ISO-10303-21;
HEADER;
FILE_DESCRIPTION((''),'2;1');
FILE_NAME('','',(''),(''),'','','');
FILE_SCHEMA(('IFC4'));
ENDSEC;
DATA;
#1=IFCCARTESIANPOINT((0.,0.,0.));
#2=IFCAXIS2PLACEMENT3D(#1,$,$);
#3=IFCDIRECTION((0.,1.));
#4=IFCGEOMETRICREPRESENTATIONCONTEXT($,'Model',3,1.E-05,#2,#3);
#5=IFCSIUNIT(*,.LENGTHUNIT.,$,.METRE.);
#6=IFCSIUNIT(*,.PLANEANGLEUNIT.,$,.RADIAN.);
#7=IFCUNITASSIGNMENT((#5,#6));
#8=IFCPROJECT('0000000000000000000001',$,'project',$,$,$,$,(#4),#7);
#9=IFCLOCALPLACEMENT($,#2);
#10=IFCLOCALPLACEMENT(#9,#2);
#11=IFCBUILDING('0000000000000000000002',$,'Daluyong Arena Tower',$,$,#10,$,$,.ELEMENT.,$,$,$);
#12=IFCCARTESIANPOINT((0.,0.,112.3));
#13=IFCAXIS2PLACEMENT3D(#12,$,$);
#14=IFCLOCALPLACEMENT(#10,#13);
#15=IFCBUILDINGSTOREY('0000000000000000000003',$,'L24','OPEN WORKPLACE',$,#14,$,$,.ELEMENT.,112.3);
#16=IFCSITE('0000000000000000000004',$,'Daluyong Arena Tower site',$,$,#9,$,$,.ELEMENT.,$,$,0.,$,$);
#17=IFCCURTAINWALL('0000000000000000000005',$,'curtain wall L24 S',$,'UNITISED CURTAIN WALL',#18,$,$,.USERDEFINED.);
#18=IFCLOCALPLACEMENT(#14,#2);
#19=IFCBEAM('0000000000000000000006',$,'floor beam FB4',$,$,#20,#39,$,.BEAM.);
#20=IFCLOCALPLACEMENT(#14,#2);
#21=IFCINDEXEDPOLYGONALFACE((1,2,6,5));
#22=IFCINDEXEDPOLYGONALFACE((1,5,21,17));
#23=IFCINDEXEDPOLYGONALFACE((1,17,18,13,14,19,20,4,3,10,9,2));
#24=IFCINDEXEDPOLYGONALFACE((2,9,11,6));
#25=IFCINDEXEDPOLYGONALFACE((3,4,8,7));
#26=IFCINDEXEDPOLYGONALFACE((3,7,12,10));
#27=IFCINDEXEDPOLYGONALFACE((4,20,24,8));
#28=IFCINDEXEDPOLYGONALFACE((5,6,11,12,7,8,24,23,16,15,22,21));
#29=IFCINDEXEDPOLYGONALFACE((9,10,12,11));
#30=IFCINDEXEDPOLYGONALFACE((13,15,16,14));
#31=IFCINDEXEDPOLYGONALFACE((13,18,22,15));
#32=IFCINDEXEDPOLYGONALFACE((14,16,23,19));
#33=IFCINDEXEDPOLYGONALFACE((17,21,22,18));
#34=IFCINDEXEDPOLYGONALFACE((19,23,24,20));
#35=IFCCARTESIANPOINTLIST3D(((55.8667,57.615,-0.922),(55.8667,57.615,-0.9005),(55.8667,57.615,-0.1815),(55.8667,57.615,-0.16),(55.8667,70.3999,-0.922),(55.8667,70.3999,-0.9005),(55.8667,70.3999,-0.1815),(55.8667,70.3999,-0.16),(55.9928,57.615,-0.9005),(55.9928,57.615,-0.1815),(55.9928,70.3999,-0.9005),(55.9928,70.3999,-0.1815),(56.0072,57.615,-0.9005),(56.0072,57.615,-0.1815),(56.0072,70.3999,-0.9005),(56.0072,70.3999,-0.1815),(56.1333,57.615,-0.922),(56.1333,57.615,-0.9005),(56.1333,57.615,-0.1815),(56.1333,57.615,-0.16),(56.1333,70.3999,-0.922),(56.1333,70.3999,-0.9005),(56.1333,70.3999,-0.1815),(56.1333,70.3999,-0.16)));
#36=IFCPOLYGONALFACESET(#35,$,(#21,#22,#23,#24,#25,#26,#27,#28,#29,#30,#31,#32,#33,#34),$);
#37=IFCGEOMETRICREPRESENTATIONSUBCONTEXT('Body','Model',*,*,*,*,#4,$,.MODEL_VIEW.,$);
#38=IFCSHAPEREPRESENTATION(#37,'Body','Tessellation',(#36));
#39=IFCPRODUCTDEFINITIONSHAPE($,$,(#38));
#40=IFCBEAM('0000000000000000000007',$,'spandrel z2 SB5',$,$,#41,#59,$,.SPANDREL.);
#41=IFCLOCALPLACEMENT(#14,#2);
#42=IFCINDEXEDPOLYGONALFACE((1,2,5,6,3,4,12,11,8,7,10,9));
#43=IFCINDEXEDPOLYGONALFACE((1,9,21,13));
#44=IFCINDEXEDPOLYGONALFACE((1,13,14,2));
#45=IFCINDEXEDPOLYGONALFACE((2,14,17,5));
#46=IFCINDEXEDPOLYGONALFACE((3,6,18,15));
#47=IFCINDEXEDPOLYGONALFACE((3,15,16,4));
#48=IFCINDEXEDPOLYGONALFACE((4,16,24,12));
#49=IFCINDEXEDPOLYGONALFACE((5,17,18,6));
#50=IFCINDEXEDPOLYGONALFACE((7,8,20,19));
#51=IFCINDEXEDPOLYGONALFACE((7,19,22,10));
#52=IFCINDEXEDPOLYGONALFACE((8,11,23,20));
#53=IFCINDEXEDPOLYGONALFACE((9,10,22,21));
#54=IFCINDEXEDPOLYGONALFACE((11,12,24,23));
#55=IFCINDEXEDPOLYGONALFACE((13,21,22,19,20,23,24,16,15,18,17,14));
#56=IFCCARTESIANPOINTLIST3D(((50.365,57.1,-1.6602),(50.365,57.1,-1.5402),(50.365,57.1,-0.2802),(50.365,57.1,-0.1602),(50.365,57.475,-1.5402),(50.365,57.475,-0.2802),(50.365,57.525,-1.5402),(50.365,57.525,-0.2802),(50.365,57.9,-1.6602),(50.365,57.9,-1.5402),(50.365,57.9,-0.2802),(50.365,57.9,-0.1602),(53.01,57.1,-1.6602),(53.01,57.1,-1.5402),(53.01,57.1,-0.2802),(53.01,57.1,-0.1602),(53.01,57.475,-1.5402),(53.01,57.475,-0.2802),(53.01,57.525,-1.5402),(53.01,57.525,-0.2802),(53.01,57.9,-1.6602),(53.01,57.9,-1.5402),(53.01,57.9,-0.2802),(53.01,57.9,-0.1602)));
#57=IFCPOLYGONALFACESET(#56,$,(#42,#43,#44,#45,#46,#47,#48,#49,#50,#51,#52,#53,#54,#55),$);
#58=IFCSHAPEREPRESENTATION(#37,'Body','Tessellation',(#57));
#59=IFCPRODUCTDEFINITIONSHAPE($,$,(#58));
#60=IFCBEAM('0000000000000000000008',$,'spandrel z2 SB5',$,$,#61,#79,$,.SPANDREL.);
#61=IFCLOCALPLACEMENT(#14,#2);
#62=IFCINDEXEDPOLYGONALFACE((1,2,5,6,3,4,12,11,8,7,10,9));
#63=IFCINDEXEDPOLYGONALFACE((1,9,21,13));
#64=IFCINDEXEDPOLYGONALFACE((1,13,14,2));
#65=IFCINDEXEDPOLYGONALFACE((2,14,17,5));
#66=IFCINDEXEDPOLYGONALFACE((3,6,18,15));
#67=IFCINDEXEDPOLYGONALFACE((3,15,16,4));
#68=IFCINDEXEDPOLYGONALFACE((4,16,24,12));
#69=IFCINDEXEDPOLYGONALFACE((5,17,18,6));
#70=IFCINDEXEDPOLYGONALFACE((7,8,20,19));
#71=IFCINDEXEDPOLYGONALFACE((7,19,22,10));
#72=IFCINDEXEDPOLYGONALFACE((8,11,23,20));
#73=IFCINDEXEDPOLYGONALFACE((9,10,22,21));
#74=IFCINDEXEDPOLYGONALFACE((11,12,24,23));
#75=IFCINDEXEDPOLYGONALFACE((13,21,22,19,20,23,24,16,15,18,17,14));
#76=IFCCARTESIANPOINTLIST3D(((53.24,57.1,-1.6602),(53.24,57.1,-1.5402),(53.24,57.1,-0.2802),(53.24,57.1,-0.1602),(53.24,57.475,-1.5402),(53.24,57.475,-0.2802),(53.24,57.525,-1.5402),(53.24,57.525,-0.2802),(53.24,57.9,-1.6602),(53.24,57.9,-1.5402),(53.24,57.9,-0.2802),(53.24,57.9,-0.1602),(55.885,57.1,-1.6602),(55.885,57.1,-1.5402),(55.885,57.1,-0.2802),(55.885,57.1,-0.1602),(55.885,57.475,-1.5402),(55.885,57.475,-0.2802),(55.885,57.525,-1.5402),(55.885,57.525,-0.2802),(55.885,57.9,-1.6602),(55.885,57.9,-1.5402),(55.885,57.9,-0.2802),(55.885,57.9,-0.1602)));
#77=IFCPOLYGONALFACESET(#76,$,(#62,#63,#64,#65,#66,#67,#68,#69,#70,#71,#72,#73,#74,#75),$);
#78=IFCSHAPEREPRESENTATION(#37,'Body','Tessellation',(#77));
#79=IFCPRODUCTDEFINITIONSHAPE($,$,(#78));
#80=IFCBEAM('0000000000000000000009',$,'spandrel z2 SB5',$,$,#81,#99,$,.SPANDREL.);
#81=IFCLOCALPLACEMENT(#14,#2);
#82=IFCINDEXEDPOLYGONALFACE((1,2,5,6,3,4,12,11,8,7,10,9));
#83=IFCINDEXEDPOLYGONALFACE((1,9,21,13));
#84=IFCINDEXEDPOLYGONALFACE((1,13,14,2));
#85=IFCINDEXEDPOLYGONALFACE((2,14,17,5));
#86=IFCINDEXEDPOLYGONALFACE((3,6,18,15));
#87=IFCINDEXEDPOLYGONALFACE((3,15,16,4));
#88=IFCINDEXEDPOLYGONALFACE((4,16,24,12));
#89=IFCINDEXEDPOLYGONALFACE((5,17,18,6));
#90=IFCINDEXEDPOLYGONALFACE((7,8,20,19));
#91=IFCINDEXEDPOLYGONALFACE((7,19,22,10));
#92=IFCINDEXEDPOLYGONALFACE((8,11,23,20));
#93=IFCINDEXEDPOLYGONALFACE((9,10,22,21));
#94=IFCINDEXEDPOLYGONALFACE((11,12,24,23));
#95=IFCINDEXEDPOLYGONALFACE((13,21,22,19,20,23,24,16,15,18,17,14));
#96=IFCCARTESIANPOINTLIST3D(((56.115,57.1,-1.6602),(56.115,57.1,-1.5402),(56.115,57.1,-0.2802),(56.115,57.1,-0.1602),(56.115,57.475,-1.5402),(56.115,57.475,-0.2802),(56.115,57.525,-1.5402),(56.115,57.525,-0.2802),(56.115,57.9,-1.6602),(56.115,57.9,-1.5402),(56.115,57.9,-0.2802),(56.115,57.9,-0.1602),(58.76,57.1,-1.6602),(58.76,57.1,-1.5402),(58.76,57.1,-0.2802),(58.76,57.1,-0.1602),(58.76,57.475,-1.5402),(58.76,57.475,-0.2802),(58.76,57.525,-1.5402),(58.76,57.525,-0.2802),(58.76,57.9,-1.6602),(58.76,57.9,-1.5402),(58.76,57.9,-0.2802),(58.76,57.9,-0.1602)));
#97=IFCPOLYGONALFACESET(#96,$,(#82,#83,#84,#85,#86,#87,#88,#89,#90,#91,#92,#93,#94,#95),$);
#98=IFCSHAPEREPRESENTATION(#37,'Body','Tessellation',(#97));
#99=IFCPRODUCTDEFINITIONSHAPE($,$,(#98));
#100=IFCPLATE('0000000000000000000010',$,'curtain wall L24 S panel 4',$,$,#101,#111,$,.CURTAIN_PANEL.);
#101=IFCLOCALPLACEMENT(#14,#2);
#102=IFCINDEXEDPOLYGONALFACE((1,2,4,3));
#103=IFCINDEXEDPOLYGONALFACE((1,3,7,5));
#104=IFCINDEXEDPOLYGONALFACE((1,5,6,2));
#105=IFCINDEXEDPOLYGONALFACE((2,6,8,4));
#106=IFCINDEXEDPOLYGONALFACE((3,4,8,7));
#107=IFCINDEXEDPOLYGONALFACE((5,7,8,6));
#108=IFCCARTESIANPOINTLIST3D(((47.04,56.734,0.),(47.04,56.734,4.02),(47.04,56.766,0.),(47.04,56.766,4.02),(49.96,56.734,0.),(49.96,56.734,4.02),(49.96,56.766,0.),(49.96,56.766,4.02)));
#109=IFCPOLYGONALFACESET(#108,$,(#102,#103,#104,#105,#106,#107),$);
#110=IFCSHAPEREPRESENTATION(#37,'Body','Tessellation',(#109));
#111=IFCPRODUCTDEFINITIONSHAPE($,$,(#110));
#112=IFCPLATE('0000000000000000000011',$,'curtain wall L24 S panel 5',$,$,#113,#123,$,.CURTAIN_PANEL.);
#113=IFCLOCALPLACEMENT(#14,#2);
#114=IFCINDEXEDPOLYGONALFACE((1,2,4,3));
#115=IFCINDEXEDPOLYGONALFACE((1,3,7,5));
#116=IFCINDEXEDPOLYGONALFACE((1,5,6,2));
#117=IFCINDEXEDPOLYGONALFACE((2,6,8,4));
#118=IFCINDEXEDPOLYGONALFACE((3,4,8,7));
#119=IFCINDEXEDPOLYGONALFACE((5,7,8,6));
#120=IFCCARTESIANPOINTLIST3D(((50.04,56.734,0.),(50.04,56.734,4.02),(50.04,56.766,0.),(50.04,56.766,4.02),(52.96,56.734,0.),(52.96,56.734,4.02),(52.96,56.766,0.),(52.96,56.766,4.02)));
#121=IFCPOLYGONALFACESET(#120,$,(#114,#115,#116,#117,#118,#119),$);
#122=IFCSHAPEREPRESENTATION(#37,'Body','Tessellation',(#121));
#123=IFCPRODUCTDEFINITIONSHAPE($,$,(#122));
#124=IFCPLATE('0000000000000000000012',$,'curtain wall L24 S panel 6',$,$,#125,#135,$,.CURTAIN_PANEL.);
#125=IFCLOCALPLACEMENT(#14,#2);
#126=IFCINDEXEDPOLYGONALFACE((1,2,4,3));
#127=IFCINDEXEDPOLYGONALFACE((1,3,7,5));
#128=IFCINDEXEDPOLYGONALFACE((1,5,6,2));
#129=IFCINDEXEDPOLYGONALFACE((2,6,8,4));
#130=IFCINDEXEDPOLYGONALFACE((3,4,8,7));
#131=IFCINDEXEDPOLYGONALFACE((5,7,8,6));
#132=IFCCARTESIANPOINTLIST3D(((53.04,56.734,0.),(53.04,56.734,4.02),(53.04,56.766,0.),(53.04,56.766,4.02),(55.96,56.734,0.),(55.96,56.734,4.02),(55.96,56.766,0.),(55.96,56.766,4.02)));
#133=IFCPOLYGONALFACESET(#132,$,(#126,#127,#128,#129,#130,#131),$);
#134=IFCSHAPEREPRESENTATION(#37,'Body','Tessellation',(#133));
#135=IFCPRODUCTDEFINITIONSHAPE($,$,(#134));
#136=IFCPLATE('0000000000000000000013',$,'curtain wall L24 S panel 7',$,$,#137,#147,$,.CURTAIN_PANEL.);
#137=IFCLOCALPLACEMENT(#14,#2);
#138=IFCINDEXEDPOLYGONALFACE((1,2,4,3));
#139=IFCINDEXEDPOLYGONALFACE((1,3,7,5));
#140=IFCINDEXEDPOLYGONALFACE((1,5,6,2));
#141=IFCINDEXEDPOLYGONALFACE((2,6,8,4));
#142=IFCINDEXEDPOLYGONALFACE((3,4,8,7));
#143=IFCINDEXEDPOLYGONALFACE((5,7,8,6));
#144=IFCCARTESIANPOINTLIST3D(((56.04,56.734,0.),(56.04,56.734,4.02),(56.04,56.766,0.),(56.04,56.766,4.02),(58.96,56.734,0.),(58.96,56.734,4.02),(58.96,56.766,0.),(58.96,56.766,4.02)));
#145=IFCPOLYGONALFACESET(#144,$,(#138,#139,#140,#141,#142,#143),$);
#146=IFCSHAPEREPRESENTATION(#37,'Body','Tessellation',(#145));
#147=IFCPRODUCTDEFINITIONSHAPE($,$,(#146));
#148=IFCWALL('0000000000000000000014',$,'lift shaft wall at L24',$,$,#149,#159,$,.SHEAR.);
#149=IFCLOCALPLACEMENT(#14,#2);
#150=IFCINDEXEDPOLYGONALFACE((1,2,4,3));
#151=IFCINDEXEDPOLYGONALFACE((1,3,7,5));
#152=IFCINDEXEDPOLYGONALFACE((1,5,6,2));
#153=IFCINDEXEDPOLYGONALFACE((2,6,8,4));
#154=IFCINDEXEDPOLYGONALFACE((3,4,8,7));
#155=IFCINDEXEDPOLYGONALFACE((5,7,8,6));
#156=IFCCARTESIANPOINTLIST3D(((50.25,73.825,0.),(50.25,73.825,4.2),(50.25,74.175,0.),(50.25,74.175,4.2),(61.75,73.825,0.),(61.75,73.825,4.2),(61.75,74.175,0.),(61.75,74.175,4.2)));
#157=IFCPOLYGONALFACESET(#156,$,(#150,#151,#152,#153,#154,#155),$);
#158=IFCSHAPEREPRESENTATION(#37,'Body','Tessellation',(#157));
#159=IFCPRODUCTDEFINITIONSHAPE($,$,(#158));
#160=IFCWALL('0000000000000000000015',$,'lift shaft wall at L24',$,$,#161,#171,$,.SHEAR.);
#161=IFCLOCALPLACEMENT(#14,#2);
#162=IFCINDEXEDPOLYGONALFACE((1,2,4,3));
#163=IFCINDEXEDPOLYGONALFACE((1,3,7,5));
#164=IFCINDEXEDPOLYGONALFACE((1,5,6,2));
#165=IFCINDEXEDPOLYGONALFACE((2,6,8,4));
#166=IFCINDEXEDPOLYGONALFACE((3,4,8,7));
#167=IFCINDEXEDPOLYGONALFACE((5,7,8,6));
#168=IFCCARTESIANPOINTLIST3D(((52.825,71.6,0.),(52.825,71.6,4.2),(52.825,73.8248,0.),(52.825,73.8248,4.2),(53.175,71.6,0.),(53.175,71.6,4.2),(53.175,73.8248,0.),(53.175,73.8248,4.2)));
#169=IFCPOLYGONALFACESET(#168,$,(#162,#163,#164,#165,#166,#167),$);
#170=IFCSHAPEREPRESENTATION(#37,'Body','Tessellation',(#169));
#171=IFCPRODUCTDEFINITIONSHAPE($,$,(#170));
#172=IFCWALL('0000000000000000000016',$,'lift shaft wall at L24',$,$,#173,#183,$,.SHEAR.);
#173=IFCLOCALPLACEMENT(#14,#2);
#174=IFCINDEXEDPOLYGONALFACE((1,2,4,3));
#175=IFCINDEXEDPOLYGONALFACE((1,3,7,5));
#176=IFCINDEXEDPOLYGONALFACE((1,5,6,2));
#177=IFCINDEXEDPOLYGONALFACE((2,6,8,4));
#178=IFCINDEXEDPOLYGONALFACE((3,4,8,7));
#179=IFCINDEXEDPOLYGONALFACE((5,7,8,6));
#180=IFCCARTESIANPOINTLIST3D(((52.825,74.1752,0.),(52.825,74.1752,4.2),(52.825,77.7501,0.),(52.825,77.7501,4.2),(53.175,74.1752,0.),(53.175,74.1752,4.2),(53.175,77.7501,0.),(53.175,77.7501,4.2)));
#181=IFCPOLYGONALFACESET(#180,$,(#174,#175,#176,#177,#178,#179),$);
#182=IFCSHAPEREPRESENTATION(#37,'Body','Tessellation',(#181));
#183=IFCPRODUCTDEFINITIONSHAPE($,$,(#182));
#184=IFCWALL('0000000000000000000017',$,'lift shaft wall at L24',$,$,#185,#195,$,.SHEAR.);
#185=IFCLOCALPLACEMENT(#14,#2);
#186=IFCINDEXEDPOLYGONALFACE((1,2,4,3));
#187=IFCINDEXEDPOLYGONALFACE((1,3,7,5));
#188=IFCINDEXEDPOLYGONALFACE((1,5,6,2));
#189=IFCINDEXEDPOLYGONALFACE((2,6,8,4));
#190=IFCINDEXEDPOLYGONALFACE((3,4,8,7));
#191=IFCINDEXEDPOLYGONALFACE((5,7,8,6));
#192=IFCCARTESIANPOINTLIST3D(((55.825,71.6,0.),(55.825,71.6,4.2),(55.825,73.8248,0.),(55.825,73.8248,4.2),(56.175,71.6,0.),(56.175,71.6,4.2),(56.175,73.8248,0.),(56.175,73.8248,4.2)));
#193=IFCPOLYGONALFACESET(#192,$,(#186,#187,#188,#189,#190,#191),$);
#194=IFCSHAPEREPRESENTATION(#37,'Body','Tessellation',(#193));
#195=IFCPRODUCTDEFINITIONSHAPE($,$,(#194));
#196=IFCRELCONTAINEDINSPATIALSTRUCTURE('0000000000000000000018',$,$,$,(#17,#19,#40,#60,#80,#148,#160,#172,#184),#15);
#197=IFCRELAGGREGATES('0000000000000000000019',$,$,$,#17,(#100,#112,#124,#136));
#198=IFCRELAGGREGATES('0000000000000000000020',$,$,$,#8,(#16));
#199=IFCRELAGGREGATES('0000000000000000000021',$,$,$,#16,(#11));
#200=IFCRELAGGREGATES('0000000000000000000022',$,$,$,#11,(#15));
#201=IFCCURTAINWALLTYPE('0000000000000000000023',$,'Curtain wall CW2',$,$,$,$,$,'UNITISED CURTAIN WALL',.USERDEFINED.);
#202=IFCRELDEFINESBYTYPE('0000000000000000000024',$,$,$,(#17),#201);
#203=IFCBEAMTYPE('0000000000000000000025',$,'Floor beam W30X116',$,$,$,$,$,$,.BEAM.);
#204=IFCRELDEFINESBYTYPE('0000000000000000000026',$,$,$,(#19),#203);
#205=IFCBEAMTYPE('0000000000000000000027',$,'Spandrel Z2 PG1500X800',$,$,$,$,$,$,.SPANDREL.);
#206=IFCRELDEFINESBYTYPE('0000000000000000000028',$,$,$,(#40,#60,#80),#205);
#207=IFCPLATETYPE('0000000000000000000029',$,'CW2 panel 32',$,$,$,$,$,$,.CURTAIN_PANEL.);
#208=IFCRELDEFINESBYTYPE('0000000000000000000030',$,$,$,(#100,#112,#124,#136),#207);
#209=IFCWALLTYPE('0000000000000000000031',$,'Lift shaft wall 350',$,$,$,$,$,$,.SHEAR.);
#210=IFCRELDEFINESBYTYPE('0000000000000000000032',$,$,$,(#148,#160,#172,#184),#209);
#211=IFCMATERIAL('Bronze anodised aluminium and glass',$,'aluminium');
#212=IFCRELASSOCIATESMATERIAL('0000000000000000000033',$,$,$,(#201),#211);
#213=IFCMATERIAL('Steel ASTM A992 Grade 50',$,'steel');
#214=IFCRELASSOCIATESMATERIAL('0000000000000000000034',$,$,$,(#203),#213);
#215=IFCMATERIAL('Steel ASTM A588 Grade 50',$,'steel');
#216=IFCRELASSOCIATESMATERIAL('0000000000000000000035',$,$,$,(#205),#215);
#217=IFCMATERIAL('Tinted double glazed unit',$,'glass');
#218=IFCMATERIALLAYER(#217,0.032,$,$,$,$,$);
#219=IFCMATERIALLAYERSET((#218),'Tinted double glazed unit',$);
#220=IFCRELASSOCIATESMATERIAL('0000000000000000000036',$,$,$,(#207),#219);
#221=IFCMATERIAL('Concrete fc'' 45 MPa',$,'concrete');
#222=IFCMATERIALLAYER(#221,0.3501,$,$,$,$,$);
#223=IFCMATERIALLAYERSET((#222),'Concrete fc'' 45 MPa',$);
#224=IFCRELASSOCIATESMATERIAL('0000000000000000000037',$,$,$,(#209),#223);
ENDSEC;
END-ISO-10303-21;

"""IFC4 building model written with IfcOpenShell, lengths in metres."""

from ifc_helpers import new_model, si_unit, direction, frame, frame_2d, origin, origin_2d, place, context, subcontext, project, spatial, rectangle, i_section, extrude, material, layer, layer_set, material_profile, profile_set, type_object, element, aggregate, save


model = new_model("IFC4")

# Units and contexts
model_context = context("Model", 3, precision=1e-05, world=origin(), true_north=direction((0.0, 1.0)))
body_context = subcontext(model_context, "Body", "Model", "MODEL_VIEW")
ifc_project = project(units=[si_unit("LENGTHUNIT", "METRE"), si_unit("PLANEANGLEUNIT", "RADIAN")], contexts=[model_context])

# Site, building, storey
site_placement = place(None, origin())
site = spatial("IfcSite", under=ifc_project, at=site_placement, Name="Daluyong Arena Tower site", CompositionType="ELEMENT", RefElevation=0.0)
building_placement = place(site_placement, origin())
building = spatial("IfcBuilding", under=site, at=building_placement, Name="Daluyong Arena Tower", CompositionType="ELEMENT")
storey_placement = place(building_placement, frame((0.0, 0.0, 112.3)))
storey = spatial("IfcBuildingStorey", under=building, at=storey_placement, Name="L24", Description="OPEN WORKPLACE", CompositionType="ELEMENT", Elevation=112.3)

# Curtain wall
ifc_material_1 = material(Name="Bronze anodised aluminium and glass", Category="aluminium")
curtain_wall_type = type_object("IfcCurtainWallType", Name="Curtain wall CW2", ElementType="UNITISED CURTAIN WALL", PredefinedType="USERDEFINED", material=ifc_material_1)
curtain_wall_placement = place(storey_placement, origin())
curtain_wall = element("IfcCurtainWall", 1, at=curtain_wall_placement, inside=storey, type_object=curtain_wall_type, Name="curtain wall L24 S", ObjectType="UNITISED CURTAIN WALL", PredefinedType="USERDEFINED")

# Beams
ifc_material_2 = material(Name="Steel ASTM A992 Grade 50", Category="steel")
ifc_material_profile_1 = material_profile(ifc_material_2, i_section(OverallWidth=0.2666, OverallDepth=0.762, WebThickness=0.0144, FlangeThickness=0.0215, at=origin_2d()))
ifc_profile_set_1 = profile_set([ifc_material_profile_1], Name="Steel ASTM A992 Grade 50")
beam_type_1 = type_object("IfcBeamType", Name="Floor beam W30X116", PredefinedType="BEAM", material=ifc_profile_set_1)
for number, where, z_axis, x_axis, name in (
    (2, (56.0, 57.615, -0.541), (0.0, 1.0, 0.0), (-1.0, 0.0, 0.0), "floor beam FB4"),
):
    element("IfcBeam", number, at=place(storey_placement, frame(where, z_axis=z_axis, x_axis=x_axis)), inside=storey, type_object=beam_type_1, Name=name, PredefinedType="BEAM", context=body_context, shape_type="SweptSolid", body=[
        extrude(i_section(OverallWidth=0.2666, OverallDepth=0.762, WebThickness=0.0144, FlangeThickness=0.0215, at=origin_2d()), origin(), (0.0, 0.0, 1.0), 12.7849),
    ])
ifc_material_3 = material(Name="Steel ASTM A588 Grade 50", Category="steel")
ifc_material_profile_2 = material_profile(ifc_material_3, i_section(OverallWidth=0.8, OverallDepth=1.5, WebThickness=0.05, FlangeThickness=0.12, at=origin_2d()))
ifc_profile_set_2 = profile_set([ifc_material_profile_2], Name="Steel ASTM A588 Grade 50")
beam_type_2 = type_object("IfcBeamType", Name="Spandrel Z2 PG1500X800", PredefinedType="SPANDREL", material=ifc_profile_set_2)
for number, where, z_axis, x_axis, name in (
    (3, (50.365, 57.5, -0.9102), (1.0, 0.0, 0.0), (0.0, 1.0, 0.0), "spandrel z2 SB5"),
    (4, (53.24, 57.5, -0.9102), (1.0, 0.0, 0.0), (0.0, 1.0, 0.0), "spandrel z2 SB5"),
    (5, (56.115, 57.5, -0.9102), (1.0, 0.0, 0.0), (0.0, 1.0, 0.0), "spandrel z2 SB5"),
):
    element("IfcBeam", number, at=place(storey_placement, frame(where, z_axis=z_axis, x_axis=x_axis)), inside=storey, type_object=beam_type_2, Name=name, PredefinedType="SPANDREL", context=body_context, shape_type="SweptSolid", body=[
        extrude(i_section(OverallWidth=0.8, OverallDepth=1.5, WebThickness=0.05, FlangeThickness=0.12, at=origin_2d()), origin(), (0.0, 0.0, 1.0), 2.645),
    ])

# Plates
ifc_material_4 = material(Name="Tinted double glazed unit", Category="glass")
ifc_layer_1 = layer(ifc_material_4, 0.032)
ifc_layer_set_1 = layer_set([ifc_layer_1], Name="Tinted double glazed unit")
plate_type = type_object("IfcPlateType", Name="CW2 panel 32", PredefinedType="CURTAIN_PANEL", material=ifc_layer_set_1)
plate_1_placement = place(storey_placement, frame((48.5, 56.75, 0.0), z_axis=(0.0, 0.0, 1.0), x_axis=(1.0, 0.0, 0.0)))
plate_1 = element("IfcPlate", 6, at=plate_1_placement, type_object=plate_type, Name="curtain wall L24 S panel 4", PredefinedType="CURTAIN_PANEL", context=body_context, shape_type="SweptSolid", body=[
    extrude(rectangle(XDim=2.9199, YDim=0.032, at=origin_2d()), origin(), (0.0, 0.0, 1.0), 4.02),
])
plate_2_placement = place(storey_placement, frame((51.5, 56.75, 0.0), z_axis=(0.0, 0.0, 1.0), x_axis=(1.0, 0.0, 0.0)))
plate_2 = element("IfcPlate", 7, at=plate_2_placement, type_object=plate_type, Name="curtain wall L24 S panel 5", PredefinedType="CURTAIN_PANEL", context=body_context, shape_type="SweptSolid", body=[
    extrude(rectangle(XDim=2.9199, YDim=0.032, at=origin_2d()), origin(), (0.0, 0.0, 1.0), 4.02),
])
plate_3_placement = place(storey_placement, frame((54.5, 56.75, 0.0), z_axis=(0.0, 0.0, 1.0), x_axis=(1.0, 0.0, 0.0)))
plate_3 = element("IfcPlate", 8, at=plate_3_placement, type_object=plate_type, Name="curtain wall L24 S panel 6", PredefinedType="CURTAIN_PANEL", context=body_context, shape_type="SweptSolid", body=[
    extrude(rectangle(XDim=2.9199, YDim=0.032, at=origin_2d()), origin(), (0.0, 0.0, 1.0), 4.02),
])
plate_4_placement = place(storey_placement, frame((57.5, 56.75, 0.0), z_axis=(0.0, 0.0, 1.0), x_axis=(1.0, 0.0, 0.0)))
plate_4 = element("IfcPlate", 9, at=plate_4_placement, type_object=plate_type, Name="curtain wall L24 S panel 7", PredefinedType="CURTAIN_PANEL", context=body_context, shape_type="SweptSolid", body=[
    extrude(rectangle(XDim=2.9199, YDim=0.032, at=origin_2d()), origin(), (0.0, 0.0, 1.0), 4.02),
])
aggregate(curtain_wall, [plate_1, plate_2, plate_3, plate_4])

# Walls
ifc_material_5 = material(Name="Concrete fc' 45 MPa", Category="concrete")
ifc_layer_2 = layer(ifc_material_5, 0.3501)
ifc_layer_set_2 = layer_set([ifc_layer_2], Name="Concrete fc' 45 MPa")
wall_type_1 = type_object("IfcWallType", Name="Lift shaft wall 350", PredefinedType="SHEAR", material=ifc_layer_set_2)
wall_1_placement = place(storey_placement, frame((50.25, 74.0, 0.0), z_axis=(0.0, 0.0, 1.0), x_axis=(1.0, 0.0, 0.0)))
element("IfcWall", 10, at=wall_1_placement, inside=storey, type_object=wall_type_1, Name="lift shaft wall at L24", PredefinedType="SHEAR", context=body_context, shape_type="SweptSolid", body=[
    extrude(rectangle(XDim=11.5, YDim=0.3501, at=frame_2d((5.75, 0.0))), origin(), (0.0, 0.0, 1.0), 4.2),
])
wall_2_placement = place(storey_placement, frame((53.0, 71.6001, 0.0), z_axis=(0.0, 0.0, 1.0), x_axis=(0.0, 1.0, 0.0)))
element("IfcWall", 11, at=wall_2_placement, inside=storey, type_object=wall_type_1, Name="lift shaft wall at L24", PredefinedType="SHEAR", context=body_context, shape_type="SweptSolid", body=[
    extrude(rectangle(XDim=2.2249, YDim=0.3501, at=frame_2d((1.1123, 0.0))), origin(), (0.0, 0.0, 1.0), 4.2),
])
wall_3_placement = place(storey_placement, frame((53.0, 74.175, 0.0), z_axis=(0.0, 0.0, 1.0), x_axis=(0.0, 1.0, 0.0)))
element("IfcWall", 12, at=wall_3_placement, inside=storey, type_object=wall_type_1, Name="lift shaft wall at L24", PredefinedType="SHEAR", context=body_context, shape_type="SweptSolid", body=[
    extrude(rectangle(XDim=3.575, YDim=0.3501, at=frame_2d((1.7876, 0.0))), origin(), (0.0, 0.0, 1.0), 4.2),
])
wall_4_placement = place(storey_placement, frame((56.0, 71.6001, 0.0), z_axis=(0.0, 0.0, 1.0), x_axis=(0.0, 1.0, 0.0)))
element("IfcWall", 13, at=wall_4_placement, inside=storey, type_object=wall_type_1, Name="lift shaft wall at L24", PredefinedType="SHEAR", context=body_context, shape_type="SweptSolid", body=[
    extrude(rectangle(XDim=2.2249, YDim=0.3501, at=frame_2d((1.1123, 0.0))), origin(), (0.0, 0.0, 1.0), 4.2),
])

save(model, "model.ifc")
